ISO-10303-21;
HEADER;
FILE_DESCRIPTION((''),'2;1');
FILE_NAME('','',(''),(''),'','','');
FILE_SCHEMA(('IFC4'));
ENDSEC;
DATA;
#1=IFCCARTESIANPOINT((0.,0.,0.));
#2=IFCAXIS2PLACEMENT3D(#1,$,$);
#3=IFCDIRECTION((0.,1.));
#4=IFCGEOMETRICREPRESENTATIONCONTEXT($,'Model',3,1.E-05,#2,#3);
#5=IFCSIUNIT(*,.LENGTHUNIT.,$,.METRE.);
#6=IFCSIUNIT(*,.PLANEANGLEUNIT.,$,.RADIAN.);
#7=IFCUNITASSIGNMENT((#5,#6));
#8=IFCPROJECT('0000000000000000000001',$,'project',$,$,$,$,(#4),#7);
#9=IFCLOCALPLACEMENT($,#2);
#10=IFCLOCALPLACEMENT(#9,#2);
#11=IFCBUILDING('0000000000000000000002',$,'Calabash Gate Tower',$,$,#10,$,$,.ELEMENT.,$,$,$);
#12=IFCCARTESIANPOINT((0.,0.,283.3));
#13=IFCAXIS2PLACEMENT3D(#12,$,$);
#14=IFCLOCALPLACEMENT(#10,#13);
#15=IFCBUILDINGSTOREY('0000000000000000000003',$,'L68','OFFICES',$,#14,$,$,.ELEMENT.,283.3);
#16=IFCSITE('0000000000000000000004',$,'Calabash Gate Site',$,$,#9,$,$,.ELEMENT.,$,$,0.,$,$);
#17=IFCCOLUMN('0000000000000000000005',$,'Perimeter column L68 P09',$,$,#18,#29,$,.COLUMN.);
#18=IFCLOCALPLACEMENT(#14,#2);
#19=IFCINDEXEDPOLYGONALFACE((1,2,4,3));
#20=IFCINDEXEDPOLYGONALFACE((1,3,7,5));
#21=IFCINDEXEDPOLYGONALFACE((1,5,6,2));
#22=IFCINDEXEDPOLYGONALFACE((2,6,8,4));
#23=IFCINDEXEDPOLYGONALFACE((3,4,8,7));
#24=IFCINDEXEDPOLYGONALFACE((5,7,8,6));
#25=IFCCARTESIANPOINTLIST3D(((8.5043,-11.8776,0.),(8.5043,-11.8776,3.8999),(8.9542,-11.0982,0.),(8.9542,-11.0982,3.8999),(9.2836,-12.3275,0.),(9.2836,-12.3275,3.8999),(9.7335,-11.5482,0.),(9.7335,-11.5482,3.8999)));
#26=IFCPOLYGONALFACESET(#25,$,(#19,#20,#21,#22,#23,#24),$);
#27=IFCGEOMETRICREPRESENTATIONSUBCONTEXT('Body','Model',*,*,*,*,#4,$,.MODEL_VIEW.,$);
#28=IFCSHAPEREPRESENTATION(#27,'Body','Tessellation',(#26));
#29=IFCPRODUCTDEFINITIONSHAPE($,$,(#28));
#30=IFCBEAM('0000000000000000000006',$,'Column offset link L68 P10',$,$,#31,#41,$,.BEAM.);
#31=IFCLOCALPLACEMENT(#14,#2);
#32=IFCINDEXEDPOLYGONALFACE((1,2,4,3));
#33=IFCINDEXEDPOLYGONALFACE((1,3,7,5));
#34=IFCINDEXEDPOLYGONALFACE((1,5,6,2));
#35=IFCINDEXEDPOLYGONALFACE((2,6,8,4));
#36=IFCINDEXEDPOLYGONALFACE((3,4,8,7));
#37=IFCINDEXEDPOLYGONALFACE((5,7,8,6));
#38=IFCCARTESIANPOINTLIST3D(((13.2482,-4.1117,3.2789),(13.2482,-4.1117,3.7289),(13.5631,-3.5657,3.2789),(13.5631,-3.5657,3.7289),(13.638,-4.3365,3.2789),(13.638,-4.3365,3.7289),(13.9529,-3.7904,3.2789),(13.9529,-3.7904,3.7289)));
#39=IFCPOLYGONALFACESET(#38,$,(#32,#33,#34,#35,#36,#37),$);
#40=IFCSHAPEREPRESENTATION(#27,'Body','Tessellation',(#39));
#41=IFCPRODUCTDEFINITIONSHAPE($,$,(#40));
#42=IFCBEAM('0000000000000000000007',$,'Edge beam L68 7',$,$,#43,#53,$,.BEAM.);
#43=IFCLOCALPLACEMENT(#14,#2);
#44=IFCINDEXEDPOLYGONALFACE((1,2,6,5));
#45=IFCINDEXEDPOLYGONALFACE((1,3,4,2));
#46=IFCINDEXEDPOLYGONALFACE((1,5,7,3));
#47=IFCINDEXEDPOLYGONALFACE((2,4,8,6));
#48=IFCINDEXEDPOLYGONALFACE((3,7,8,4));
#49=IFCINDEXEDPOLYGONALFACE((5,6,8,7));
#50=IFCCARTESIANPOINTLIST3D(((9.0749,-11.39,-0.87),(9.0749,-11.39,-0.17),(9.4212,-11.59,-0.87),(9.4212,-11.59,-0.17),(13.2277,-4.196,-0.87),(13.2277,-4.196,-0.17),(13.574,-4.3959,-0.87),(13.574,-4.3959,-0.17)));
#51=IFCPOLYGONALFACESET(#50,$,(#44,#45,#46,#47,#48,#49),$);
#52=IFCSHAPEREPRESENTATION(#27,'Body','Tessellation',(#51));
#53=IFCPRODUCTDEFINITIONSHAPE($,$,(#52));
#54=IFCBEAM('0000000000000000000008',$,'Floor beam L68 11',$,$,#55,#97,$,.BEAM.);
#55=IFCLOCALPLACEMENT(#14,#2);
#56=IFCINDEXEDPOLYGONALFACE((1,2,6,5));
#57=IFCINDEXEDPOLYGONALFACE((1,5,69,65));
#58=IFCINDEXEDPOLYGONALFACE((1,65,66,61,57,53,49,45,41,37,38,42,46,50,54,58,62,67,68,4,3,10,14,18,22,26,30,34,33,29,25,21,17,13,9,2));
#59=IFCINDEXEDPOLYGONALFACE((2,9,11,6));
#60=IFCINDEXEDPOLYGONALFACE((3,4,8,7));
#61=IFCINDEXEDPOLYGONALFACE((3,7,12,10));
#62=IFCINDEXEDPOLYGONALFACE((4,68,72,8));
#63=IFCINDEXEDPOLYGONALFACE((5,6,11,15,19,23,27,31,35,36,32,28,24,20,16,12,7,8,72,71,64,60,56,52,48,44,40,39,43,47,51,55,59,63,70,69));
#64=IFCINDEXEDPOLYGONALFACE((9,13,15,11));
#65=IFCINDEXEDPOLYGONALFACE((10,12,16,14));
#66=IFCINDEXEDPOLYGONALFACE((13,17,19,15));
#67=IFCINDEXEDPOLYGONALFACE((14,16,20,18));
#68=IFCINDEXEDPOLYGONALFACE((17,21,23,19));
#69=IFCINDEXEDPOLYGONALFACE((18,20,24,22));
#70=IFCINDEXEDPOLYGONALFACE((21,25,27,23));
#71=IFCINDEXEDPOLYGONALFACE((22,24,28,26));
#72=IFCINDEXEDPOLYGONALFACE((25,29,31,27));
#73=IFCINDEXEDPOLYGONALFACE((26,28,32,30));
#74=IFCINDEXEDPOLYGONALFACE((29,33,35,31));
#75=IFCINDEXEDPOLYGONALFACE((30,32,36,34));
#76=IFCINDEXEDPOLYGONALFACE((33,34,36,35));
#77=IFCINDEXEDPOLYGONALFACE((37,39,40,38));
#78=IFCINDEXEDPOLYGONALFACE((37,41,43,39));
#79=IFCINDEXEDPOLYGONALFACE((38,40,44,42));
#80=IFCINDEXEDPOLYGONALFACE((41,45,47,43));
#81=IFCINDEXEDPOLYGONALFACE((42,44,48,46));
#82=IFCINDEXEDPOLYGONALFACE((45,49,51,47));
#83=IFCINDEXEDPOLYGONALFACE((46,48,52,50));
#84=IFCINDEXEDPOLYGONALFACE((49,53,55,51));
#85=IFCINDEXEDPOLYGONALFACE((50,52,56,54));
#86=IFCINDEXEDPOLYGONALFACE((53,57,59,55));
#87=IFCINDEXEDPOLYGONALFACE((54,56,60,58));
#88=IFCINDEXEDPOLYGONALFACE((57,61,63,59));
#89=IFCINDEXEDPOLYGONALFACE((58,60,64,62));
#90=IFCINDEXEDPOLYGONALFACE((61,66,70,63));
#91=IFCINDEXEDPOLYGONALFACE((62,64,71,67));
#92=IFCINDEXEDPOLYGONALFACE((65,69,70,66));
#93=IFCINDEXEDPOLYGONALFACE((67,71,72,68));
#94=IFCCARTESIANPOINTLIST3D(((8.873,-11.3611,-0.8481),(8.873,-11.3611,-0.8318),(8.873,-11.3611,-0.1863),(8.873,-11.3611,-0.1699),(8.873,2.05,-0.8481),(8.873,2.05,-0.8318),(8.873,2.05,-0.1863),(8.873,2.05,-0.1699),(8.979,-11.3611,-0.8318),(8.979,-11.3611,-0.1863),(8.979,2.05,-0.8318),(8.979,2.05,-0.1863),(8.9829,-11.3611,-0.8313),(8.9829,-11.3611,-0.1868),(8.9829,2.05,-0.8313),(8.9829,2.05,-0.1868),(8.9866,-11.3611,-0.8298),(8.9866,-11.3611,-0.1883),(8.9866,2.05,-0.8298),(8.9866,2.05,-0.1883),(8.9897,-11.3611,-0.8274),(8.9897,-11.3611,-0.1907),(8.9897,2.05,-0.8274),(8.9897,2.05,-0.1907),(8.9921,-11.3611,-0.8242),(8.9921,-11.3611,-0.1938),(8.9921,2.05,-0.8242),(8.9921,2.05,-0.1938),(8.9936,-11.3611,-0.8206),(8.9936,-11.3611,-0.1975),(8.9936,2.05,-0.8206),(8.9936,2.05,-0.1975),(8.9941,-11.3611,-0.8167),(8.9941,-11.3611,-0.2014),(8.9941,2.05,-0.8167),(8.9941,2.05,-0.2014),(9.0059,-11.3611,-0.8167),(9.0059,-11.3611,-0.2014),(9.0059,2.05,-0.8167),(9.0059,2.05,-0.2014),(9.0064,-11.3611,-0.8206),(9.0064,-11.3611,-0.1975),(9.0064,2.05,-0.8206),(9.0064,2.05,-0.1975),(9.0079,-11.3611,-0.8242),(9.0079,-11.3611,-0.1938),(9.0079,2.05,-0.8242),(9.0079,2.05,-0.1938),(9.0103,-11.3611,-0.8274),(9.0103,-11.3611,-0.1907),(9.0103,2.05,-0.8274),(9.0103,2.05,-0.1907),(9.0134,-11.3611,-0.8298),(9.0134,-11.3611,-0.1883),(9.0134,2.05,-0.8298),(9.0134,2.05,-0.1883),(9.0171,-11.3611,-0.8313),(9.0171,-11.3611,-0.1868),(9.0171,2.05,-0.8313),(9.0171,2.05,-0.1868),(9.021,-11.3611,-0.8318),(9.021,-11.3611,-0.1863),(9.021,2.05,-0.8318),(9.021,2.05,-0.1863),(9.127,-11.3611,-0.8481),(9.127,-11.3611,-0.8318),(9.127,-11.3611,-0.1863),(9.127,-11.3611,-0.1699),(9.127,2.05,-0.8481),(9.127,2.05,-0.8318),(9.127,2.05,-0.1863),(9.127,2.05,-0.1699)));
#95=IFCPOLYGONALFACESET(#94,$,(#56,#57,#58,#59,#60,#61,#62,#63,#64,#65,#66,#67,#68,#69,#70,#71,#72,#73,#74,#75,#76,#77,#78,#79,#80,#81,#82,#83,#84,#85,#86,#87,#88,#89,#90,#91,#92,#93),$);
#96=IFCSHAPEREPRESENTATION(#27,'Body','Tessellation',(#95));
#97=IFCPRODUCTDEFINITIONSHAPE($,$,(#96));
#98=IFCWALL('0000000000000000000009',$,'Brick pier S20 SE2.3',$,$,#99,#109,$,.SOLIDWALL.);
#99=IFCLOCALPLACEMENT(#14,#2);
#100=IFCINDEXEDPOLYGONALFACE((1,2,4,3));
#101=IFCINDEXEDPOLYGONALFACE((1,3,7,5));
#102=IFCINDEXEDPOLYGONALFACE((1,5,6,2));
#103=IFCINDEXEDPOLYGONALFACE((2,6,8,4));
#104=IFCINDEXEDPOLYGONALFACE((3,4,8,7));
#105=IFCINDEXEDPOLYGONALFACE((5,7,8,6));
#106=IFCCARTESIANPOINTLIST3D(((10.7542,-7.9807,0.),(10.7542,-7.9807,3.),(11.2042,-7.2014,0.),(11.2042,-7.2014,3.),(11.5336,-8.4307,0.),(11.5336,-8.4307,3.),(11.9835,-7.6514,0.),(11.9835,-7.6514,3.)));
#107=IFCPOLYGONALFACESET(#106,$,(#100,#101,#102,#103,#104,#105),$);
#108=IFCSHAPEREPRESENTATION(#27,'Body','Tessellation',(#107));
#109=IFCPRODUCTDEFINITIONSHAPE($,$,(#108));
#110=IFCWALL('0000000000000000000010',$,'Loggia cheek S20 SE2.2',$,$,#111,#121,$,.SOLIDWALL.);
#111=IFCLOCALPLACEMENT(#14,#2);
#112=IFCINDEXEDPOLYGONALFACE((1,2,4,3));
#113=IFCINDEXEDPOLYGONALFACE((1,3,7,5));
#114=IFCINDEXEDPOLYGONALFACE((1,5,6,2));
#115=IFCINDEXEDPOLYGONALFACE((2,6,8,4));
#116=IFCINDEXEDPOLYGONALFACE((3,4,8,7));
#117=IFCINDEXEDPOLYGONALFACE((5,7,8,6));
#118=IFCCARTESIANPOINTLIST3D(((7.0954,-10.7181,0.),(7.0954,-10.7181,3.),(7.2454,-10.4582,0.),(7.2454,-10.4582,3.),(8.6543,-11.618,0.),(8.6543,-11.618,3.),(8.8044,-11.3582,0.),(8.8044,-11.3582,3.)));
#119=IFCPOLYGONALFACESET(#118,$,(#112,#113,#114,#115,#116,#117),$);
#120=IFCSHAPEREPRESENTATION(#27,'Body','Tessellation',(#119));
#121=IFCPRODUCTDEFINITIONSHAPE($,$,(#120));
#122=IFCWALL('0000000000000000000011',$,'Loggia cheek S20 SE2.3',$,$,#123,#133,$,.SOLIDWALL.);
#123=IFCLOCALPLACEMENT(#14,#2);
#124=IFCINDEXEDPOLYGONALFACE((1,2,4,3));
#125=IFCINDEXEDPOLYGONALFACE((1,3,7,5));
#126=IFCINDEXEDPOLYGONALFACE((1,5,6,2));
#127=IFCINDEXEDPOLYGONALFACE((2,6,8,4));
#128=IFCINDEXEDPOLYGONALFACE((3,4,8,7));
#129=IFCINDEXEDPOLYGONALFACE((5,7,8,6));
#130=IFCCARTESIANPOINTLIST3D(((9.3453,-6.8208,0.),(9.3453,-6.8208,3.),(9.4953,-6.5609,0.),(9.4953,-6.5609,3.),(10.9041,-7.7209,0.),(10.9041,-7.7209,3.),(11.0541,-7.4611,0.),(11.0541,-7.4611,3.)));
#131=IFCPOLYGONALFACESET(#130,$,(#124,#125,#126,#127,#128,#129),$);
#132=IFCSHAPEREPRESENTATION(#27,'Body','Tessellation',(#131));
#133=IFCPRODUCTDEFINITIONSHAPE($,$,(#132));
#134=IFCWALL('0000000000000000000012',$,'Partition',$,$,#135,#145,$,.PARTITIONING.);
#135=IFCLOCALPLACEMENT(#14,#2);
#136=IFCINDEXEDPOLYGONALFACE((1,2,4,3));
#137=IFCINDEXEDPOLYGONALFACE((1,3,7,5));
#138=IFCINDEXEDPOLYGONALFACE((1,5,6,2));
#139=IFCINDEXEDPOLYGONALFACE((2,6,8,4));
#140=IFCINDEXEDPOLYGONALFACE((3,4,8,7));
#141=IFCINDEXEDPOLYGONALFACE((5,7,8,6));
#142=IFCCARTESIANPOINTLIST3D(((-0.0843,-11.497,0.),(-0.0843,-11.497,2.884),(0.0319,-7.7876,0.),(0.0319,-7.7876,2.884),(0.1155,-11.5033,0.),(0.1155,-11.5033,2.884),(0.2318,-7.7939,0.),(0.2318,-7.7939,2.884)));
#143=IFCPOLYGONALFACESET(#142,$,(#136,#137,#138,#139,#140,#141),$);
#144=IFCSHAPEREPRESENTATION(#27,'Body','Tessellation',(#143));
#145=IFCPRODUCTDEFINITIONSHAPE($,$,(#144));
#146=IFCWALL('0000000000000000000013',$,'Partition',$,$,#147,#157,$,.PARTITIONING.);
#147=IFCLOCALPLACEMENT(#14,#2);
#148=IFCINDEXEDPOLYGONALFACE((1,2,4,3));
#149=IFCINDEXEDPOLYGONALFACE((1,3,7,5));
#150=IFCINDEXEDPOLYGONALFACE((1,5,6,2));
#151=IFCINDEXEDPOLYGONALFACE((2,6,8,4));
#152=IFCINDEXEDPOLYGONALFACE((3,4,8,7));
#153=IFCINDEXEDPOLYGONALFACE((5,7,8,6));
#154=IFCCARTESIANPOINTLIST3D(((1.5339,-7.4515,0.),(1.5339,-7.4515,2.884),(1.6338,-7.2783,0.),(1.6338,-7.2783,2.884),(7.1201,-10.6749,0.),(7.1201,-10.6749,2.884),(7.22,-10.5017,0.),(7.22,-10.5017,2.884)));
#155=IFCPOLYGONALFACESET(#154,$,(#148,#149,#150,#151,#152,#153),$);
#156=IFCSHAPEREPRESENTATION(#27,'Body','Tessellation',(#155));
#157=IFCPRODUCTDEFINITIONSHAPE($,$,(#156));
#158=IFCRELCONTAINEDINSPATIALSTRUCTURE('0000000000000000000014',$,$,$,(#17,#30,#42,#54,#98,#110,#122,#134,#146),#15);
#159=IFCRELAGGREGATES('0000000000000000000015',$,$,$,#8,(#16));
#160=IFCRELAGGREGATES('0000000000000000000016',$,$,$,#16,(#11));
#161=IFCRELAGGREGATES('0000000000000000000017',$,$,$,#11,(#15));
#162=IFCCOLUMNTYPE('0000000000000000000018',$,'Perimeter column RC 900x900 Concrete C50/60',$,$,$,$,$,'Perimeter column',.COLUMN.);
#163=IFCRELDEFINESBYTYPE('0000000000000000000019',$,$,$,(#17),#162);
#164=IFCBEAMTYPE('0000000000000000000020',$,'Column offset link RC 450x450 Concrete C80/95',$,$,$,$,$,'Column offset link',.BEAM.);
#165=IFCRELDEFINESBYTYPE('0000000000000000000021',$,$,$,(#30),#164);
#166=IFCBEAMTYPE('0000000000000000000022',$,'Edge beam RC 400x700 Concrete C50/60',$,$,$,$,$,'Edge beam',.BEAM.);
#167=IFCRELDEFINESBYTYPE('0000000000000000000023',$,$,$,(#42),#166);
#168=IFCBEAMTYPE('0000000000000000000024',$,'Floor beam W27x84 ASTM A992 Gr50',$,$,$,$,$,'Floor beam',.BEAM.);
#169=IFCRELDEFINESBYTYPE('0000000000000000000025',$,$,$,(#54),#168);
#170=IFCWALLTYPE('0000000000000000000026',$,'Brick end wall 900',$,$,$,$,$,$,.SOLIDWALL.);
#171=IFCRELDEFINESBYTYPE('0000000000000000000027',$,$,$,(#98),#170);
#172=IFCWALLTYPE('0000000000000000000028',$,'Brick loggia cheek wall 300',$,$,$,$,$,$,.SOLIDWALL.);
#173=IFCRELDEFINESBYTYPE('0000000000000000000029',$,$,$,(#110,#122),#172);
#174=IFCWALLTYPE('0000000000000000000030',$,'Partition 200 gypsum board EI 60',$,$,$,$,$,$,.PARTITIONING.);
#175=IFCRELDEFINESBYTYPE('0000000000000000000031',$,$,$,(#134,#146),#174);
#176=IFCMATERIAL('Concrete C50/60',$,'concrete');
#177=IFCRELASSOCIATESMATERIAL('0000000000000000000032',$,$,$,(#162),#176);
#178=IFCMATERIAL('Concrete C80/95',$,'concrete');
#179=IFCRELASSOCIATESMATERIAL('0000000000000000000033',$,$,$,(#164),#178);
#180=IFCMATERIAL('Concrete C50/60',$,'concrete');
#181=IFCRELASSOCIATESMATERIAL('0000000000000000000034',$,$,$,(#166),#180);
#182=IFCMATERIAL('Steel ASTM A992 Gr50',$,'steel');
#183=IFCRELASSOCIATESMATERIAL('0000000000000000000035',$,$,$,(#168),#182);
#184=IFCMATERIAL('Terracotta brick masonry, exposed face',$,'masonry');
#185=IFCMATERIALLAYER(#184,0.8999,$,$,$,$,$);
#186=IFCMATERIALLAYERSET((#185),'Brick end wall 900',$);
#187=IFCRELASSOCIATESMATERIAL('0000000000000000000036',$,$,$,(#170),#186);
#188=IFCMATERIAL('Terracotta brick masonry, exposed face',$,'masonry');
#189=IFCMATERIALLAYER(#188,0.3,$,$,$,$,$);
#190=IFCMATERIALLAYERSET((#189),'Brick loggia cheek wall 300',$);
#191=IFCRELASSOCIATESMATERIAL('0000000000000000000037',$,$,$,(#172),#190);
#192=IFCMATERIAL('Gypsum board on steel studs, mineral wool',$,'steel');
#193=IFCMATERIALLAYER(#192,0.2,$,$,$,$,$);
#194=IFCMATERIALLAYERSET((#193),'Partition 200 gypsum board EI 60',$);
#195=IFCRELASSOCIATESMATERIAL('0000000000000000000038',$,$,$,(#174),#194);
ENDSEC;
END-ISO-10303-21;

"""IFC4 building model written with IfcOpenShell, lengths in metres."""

from ifc_helpers import new_model, si_unit, direction, frame, frame_2d, origin, origin_2d, place, context, subcontext, project, spatial, rectangle, i_section, extrude, material, layer, layer_set, material_profile, profile_set, type_object, element, save


model = new_model("IFC4")

# Units and contexts
model_context = context("Model", 3, precision=1e-05, world=origin(), true_north=direction((0.0, 1.0)))
body_context = subcontext(model_context, "Body", "Model", "MODEL_VIEW")
ifc_project = project(units=[si_unit("LENGTHUNIT", "METRE"), si_unit("PLANEANGLEUNIT", "RADIAN")], contexts=[model_context])

# Site, building, storey
site_placement = place(None, origin())
site = spatial("IfcSite", under=ifc_project, at=site_placement, Name="Calabash Gate Site", CompositionType="ELEMENT", RefElevation=0.0)
building_placement = place(site_placement, origin())
building = spatial("IfcBuilding", under=site, at=building_placement, Name="Calabash Gate Tower", CompositionType="ELEMENT")
storey_placement = place(building_placement, frame((0.0, 0.0, 283.3)))
storey = spatial("IfcBuildingStorey", under=building, at=storey_placement, Name="L68", Description="OFFICES", CompositionType="ELEMENT", Elevation=283.3)

# Column
ifc_material_1 = material(Name="Concrete C50/60", Category="concrete")
ifc_material_profile_1 = material_profile(ifc_material_1, rectangle(XDim=0.8999, YDim=0.8999, at=origin_2d()))
ifc_profile_set_1 = profile_set([ifc_material_profile_1], Name="Concrete C50/60")
column_type = type_object("IfcColumnType", Name="Perimeter column RC 900x900 Concrete C50/60", ElementType="Perimeter column", PredefinedType="COLUMN", material=ifc_profile_set_1)
column_placement = place(storey_placement, frame((9.1189, -11.7129, 0.0), z_axis=(0.0, 0.0, 1.0), x_axis=(0.5, 0.866025, 0.0)))
element("IfcColumn", 1, at=column_placement, inside=storey, type_object=column_type, Name="Perimeter column L68 P09", PredefinedType="COLUMN", context=body_context, shape_type="SweptSolid", body=[
    extrude(rectangle(XDim=0.8999, YDim=0.8999, at=origin_2d()), origin(), (0.0, 0.0, 1.0), 3.8999),
])

# Beams
ifc_material_2 = material(Name="Concrete C80/95", Category="concrete")
ifc_material_profile_2 = material_profile(ifc_material_2, rectangle(XDim=0.45, YDim=0.45, at=origin_2d()))
ifc_profile_set_2 = profile_set([ifc_material_profile_2], Name="Concrete C80/95")
beam_type_1 = type_object("IfcBeamType", Name="Column offset link RC 450x450 Concrete C80/95", ElementType="Column offset link", PredefinedType="BEAM", material=ifc_profile_set_2)
beam_1_placement = place(storey_placement, frame((13.4431, -4.2241, 3.5039), z_axis=(0.499555, 0.866282, 0.0), x_axis=(-0.866282, 0.499555, 0.0)))
element("IfcBeam", 2, at=beam_1_placement, inside=storey, type_object=beam_type_1, Name="Column offset link L68 P10", PredefinedType="BEAM", context=body_context, shape_type="SweptSolid", body=[
    extrude(rectangle(XDim=0.45, YDim=0.45, at=origin_2d()), origin(), (0.0, 0.0, 1.0), 0.6304),
])
ifc_material_3 = material(Name="Concrete C50/60", Category="concrete")
ifc_material_profile_3 = material_profile(ifc_material_3, rectangle(XDim=0.3999, YDim=0.7, at=origin_2d()))
ifc_profile_set_3 = profile_set([ifc_material_profile_3], Name="Concrete C50/60")
beam_type_2 = type_object("IfcBeamType", Name="Edge beam RC 400x700 Concrete C50/60", ElementType="Edge beam", PredefinedType="BEAM", material=ifc_profile_set_3)
beam_2_placement = place(storey_placement, frame((9.248, -11.49, -0.52), z_axis=(0.499939, 0.866061, 0.0), x_axis=(-0.866061, 0.499939, 0.0)))
element("IfcBeam", 3, at=beam_2_placement, inside=storey, type_object=beam_type_2, Name="Edge beam L68 7", PredefinedType="BEAM", context=body_context, shape_type="SweptSolid", body=[
    extrude(rectangle(XDim=0.3999, YDim=0.7, at=origin_2d()), origin(), (0.0, 0.0, 1.0), 8.3066),
])
ifc_material_4 = material(Name="Steel ASTM A992 Gr50", Category="steel")
ifc_material_profile_4 = material_profile(ifc_material_4, i_section(OverallWidth=0.2539, OverallDepth=0.6782, WebThickness=0.0117, FlangeThickness=0.0164, FilletRadius=0.0151, at=origin_2d()))
ifc_profile_set_4 = profile_set([ifc_material_profile_4], Name="Steel ASTM A992 Gr50")
beam_type_3 = type_object("IfcBeamType", Name="Floor beam W27x84 ASTM A992 Gr50", ElementType="Floor beam", PredefinedType="BEAM", material=ifc_profile_set_4)
beam_3_placement = place(storey_placement, frame((9.0, -11.3611, -0.509), z_axis=(0.0, 1.0, 0.0), x_axis=(-1.0, 0.0, 0.0)))
element("IfcBeam", 4, at=beam_3_placement, inside=storey, type_object=beam_type_3, Name="Floor beam L68 11", PredefinedType="BEAM", context=body_context, shape_type="SweptSolid", body=[
    extrude(i_section(OverallWidth=0.2539, OverallDepth=0.6782, WebThickness=0.0117, FlangeThickness=0.0164, FilletRadius=0.0151, at=origin_2d()), origin(), (0.0, 0.0, 1.0), 13.4111),
])

# Walls
ifc_material_5 = material(Name="Terracotta brick masonry, exposed face", Category="masonry")
ifc_layer_1 = layer(ifc_material_5, 0.8999)
ifc_layer_set_1 = layer_set([ifc_layer_1], Name="Brick end wall 900")
wall_type_1 = type_object("IfcWallType", Name="Brick end wall 900", PredefinedType="SOLIDWALL", material=ifc_layer_set_1)
wall_1_placement = place(storey_placement, frame((11.7585, -8.041, 0.0), z_axis=(0.0, 0.0, 1.0), x_axis=(-0.866014, 0.50002, 0.0)))
element("IfcWall", 5, at=wall_1_placement, inside=storey, type_object=wall_type_1, Name="Brick pier S20 SE2.3", PredefinedType="SOLIDWALL", context=body_context, shape_type="SweptSolid", body=[
    extrude(rectangle(XDim=0.8999, YDim=0.8999, at=frame_2d((0.45, 0.0))), origin(), (0.0, 0.0, 1.0), 3.0),
])
ifc_material_6 = material(Name="Terracotta brick masonry, exposed face", Category="masonry")
ifc_layer_2 = layer(ifc_material_6, 0.3)
ifc_layer_set_2 = layer_set([ifc_layer_2], Name="Brick loggia cheek wall 300")
wall_type_2 = type_object("IfcWallType", Name="Brick loggia cheek wall 300", PredefinedType="SOLIDWALL", material=ifc_layer_set_2)
for number, where, z_axis, x_axis, name in (
    (6, (8.7292, -11.488, 0.0), (0.0, 0.0, 1.0), (-0.866048, 0.499961, 0.0), "Loggia cheek S20 SE2.2"),
    (7, (9.4204, -6.6909, 0.0), (0.0, 0.0, 1.0), (0.865989, -0.500063, 0.0), "Loggia cheek S20 SE2.3"),
):
    element("IfcWall", number, at=place(storey_placement, frame(where, z_axis=z_axis, x_axis=x_axis)), inside=storey, type_object=wall_type_2, Name=name, PredefinedType="SOLIDWALL", context=body_context, shape_type="SweptSolid", body=[
        extrude(rectangle(XDim=1.8, YDim=0.3, at=frame_2d((0.8999, 0.0))), origin(), (0.0, 0.0, 1.0), 3.0),
    ])
ifc_material_7 = material(Name="Gypsum board on steel studs, mineral wool", Category="steel")
ifc_layer_3 = layer(ifc_material_7, 0.2)
ifc_layer_set_3 = layer_set([ifc_layer_3], Name="Partition 200 gypsum board EI 60")
wall_type_3 = type_object("IfcWallType", Name="Partition 200 gypsum board EI 60", PredefinedType="PARTITIONING", material=ifc_layer_set_3)
wall_2_placement = place(storey_placement, frame((0.0156, -11.5, 0.0), z_axis=(0.0, 0.0, 1.0), x_axis=(0.031313, 0.99951, 0.0)))
element("IfcWall", 8, at=wall_2_placement, inside=storey, type_object=wall_type_3, Name="Partition", PredefinedType="PARTITIONING", context=body_context, shape_type="SweptSolid", body=[
    extrude(rectangle(XDim=3.7112, YDim=0.2, at=frame_2d((1.8555, 0.0))), origin(), (0.0, 0.0, 1.0), 2.884),
])
wall_3_placement = place(storey_placement, frame((1.584, -7.365, 0.0), z_axis=(0.0, 0.0, 1.0), x_axis=(0.866146, -0.499791, 0.0)))
element("IfcWall", 9, at=wall_3_placement, inside=storey, type_object=wall_type_3, Name="Partition", PredefinedType="PARTITIONING", context=body_context, shape_type="SweptSolid", body=[
    extrude(rectangle(XDim=6.4495, YDim=0.2, at=frame_2d((3.2246, 0.0))), origin(), (0.0, 0.0, 1.0), 2.884),
])

save(model, "model.ifc")
